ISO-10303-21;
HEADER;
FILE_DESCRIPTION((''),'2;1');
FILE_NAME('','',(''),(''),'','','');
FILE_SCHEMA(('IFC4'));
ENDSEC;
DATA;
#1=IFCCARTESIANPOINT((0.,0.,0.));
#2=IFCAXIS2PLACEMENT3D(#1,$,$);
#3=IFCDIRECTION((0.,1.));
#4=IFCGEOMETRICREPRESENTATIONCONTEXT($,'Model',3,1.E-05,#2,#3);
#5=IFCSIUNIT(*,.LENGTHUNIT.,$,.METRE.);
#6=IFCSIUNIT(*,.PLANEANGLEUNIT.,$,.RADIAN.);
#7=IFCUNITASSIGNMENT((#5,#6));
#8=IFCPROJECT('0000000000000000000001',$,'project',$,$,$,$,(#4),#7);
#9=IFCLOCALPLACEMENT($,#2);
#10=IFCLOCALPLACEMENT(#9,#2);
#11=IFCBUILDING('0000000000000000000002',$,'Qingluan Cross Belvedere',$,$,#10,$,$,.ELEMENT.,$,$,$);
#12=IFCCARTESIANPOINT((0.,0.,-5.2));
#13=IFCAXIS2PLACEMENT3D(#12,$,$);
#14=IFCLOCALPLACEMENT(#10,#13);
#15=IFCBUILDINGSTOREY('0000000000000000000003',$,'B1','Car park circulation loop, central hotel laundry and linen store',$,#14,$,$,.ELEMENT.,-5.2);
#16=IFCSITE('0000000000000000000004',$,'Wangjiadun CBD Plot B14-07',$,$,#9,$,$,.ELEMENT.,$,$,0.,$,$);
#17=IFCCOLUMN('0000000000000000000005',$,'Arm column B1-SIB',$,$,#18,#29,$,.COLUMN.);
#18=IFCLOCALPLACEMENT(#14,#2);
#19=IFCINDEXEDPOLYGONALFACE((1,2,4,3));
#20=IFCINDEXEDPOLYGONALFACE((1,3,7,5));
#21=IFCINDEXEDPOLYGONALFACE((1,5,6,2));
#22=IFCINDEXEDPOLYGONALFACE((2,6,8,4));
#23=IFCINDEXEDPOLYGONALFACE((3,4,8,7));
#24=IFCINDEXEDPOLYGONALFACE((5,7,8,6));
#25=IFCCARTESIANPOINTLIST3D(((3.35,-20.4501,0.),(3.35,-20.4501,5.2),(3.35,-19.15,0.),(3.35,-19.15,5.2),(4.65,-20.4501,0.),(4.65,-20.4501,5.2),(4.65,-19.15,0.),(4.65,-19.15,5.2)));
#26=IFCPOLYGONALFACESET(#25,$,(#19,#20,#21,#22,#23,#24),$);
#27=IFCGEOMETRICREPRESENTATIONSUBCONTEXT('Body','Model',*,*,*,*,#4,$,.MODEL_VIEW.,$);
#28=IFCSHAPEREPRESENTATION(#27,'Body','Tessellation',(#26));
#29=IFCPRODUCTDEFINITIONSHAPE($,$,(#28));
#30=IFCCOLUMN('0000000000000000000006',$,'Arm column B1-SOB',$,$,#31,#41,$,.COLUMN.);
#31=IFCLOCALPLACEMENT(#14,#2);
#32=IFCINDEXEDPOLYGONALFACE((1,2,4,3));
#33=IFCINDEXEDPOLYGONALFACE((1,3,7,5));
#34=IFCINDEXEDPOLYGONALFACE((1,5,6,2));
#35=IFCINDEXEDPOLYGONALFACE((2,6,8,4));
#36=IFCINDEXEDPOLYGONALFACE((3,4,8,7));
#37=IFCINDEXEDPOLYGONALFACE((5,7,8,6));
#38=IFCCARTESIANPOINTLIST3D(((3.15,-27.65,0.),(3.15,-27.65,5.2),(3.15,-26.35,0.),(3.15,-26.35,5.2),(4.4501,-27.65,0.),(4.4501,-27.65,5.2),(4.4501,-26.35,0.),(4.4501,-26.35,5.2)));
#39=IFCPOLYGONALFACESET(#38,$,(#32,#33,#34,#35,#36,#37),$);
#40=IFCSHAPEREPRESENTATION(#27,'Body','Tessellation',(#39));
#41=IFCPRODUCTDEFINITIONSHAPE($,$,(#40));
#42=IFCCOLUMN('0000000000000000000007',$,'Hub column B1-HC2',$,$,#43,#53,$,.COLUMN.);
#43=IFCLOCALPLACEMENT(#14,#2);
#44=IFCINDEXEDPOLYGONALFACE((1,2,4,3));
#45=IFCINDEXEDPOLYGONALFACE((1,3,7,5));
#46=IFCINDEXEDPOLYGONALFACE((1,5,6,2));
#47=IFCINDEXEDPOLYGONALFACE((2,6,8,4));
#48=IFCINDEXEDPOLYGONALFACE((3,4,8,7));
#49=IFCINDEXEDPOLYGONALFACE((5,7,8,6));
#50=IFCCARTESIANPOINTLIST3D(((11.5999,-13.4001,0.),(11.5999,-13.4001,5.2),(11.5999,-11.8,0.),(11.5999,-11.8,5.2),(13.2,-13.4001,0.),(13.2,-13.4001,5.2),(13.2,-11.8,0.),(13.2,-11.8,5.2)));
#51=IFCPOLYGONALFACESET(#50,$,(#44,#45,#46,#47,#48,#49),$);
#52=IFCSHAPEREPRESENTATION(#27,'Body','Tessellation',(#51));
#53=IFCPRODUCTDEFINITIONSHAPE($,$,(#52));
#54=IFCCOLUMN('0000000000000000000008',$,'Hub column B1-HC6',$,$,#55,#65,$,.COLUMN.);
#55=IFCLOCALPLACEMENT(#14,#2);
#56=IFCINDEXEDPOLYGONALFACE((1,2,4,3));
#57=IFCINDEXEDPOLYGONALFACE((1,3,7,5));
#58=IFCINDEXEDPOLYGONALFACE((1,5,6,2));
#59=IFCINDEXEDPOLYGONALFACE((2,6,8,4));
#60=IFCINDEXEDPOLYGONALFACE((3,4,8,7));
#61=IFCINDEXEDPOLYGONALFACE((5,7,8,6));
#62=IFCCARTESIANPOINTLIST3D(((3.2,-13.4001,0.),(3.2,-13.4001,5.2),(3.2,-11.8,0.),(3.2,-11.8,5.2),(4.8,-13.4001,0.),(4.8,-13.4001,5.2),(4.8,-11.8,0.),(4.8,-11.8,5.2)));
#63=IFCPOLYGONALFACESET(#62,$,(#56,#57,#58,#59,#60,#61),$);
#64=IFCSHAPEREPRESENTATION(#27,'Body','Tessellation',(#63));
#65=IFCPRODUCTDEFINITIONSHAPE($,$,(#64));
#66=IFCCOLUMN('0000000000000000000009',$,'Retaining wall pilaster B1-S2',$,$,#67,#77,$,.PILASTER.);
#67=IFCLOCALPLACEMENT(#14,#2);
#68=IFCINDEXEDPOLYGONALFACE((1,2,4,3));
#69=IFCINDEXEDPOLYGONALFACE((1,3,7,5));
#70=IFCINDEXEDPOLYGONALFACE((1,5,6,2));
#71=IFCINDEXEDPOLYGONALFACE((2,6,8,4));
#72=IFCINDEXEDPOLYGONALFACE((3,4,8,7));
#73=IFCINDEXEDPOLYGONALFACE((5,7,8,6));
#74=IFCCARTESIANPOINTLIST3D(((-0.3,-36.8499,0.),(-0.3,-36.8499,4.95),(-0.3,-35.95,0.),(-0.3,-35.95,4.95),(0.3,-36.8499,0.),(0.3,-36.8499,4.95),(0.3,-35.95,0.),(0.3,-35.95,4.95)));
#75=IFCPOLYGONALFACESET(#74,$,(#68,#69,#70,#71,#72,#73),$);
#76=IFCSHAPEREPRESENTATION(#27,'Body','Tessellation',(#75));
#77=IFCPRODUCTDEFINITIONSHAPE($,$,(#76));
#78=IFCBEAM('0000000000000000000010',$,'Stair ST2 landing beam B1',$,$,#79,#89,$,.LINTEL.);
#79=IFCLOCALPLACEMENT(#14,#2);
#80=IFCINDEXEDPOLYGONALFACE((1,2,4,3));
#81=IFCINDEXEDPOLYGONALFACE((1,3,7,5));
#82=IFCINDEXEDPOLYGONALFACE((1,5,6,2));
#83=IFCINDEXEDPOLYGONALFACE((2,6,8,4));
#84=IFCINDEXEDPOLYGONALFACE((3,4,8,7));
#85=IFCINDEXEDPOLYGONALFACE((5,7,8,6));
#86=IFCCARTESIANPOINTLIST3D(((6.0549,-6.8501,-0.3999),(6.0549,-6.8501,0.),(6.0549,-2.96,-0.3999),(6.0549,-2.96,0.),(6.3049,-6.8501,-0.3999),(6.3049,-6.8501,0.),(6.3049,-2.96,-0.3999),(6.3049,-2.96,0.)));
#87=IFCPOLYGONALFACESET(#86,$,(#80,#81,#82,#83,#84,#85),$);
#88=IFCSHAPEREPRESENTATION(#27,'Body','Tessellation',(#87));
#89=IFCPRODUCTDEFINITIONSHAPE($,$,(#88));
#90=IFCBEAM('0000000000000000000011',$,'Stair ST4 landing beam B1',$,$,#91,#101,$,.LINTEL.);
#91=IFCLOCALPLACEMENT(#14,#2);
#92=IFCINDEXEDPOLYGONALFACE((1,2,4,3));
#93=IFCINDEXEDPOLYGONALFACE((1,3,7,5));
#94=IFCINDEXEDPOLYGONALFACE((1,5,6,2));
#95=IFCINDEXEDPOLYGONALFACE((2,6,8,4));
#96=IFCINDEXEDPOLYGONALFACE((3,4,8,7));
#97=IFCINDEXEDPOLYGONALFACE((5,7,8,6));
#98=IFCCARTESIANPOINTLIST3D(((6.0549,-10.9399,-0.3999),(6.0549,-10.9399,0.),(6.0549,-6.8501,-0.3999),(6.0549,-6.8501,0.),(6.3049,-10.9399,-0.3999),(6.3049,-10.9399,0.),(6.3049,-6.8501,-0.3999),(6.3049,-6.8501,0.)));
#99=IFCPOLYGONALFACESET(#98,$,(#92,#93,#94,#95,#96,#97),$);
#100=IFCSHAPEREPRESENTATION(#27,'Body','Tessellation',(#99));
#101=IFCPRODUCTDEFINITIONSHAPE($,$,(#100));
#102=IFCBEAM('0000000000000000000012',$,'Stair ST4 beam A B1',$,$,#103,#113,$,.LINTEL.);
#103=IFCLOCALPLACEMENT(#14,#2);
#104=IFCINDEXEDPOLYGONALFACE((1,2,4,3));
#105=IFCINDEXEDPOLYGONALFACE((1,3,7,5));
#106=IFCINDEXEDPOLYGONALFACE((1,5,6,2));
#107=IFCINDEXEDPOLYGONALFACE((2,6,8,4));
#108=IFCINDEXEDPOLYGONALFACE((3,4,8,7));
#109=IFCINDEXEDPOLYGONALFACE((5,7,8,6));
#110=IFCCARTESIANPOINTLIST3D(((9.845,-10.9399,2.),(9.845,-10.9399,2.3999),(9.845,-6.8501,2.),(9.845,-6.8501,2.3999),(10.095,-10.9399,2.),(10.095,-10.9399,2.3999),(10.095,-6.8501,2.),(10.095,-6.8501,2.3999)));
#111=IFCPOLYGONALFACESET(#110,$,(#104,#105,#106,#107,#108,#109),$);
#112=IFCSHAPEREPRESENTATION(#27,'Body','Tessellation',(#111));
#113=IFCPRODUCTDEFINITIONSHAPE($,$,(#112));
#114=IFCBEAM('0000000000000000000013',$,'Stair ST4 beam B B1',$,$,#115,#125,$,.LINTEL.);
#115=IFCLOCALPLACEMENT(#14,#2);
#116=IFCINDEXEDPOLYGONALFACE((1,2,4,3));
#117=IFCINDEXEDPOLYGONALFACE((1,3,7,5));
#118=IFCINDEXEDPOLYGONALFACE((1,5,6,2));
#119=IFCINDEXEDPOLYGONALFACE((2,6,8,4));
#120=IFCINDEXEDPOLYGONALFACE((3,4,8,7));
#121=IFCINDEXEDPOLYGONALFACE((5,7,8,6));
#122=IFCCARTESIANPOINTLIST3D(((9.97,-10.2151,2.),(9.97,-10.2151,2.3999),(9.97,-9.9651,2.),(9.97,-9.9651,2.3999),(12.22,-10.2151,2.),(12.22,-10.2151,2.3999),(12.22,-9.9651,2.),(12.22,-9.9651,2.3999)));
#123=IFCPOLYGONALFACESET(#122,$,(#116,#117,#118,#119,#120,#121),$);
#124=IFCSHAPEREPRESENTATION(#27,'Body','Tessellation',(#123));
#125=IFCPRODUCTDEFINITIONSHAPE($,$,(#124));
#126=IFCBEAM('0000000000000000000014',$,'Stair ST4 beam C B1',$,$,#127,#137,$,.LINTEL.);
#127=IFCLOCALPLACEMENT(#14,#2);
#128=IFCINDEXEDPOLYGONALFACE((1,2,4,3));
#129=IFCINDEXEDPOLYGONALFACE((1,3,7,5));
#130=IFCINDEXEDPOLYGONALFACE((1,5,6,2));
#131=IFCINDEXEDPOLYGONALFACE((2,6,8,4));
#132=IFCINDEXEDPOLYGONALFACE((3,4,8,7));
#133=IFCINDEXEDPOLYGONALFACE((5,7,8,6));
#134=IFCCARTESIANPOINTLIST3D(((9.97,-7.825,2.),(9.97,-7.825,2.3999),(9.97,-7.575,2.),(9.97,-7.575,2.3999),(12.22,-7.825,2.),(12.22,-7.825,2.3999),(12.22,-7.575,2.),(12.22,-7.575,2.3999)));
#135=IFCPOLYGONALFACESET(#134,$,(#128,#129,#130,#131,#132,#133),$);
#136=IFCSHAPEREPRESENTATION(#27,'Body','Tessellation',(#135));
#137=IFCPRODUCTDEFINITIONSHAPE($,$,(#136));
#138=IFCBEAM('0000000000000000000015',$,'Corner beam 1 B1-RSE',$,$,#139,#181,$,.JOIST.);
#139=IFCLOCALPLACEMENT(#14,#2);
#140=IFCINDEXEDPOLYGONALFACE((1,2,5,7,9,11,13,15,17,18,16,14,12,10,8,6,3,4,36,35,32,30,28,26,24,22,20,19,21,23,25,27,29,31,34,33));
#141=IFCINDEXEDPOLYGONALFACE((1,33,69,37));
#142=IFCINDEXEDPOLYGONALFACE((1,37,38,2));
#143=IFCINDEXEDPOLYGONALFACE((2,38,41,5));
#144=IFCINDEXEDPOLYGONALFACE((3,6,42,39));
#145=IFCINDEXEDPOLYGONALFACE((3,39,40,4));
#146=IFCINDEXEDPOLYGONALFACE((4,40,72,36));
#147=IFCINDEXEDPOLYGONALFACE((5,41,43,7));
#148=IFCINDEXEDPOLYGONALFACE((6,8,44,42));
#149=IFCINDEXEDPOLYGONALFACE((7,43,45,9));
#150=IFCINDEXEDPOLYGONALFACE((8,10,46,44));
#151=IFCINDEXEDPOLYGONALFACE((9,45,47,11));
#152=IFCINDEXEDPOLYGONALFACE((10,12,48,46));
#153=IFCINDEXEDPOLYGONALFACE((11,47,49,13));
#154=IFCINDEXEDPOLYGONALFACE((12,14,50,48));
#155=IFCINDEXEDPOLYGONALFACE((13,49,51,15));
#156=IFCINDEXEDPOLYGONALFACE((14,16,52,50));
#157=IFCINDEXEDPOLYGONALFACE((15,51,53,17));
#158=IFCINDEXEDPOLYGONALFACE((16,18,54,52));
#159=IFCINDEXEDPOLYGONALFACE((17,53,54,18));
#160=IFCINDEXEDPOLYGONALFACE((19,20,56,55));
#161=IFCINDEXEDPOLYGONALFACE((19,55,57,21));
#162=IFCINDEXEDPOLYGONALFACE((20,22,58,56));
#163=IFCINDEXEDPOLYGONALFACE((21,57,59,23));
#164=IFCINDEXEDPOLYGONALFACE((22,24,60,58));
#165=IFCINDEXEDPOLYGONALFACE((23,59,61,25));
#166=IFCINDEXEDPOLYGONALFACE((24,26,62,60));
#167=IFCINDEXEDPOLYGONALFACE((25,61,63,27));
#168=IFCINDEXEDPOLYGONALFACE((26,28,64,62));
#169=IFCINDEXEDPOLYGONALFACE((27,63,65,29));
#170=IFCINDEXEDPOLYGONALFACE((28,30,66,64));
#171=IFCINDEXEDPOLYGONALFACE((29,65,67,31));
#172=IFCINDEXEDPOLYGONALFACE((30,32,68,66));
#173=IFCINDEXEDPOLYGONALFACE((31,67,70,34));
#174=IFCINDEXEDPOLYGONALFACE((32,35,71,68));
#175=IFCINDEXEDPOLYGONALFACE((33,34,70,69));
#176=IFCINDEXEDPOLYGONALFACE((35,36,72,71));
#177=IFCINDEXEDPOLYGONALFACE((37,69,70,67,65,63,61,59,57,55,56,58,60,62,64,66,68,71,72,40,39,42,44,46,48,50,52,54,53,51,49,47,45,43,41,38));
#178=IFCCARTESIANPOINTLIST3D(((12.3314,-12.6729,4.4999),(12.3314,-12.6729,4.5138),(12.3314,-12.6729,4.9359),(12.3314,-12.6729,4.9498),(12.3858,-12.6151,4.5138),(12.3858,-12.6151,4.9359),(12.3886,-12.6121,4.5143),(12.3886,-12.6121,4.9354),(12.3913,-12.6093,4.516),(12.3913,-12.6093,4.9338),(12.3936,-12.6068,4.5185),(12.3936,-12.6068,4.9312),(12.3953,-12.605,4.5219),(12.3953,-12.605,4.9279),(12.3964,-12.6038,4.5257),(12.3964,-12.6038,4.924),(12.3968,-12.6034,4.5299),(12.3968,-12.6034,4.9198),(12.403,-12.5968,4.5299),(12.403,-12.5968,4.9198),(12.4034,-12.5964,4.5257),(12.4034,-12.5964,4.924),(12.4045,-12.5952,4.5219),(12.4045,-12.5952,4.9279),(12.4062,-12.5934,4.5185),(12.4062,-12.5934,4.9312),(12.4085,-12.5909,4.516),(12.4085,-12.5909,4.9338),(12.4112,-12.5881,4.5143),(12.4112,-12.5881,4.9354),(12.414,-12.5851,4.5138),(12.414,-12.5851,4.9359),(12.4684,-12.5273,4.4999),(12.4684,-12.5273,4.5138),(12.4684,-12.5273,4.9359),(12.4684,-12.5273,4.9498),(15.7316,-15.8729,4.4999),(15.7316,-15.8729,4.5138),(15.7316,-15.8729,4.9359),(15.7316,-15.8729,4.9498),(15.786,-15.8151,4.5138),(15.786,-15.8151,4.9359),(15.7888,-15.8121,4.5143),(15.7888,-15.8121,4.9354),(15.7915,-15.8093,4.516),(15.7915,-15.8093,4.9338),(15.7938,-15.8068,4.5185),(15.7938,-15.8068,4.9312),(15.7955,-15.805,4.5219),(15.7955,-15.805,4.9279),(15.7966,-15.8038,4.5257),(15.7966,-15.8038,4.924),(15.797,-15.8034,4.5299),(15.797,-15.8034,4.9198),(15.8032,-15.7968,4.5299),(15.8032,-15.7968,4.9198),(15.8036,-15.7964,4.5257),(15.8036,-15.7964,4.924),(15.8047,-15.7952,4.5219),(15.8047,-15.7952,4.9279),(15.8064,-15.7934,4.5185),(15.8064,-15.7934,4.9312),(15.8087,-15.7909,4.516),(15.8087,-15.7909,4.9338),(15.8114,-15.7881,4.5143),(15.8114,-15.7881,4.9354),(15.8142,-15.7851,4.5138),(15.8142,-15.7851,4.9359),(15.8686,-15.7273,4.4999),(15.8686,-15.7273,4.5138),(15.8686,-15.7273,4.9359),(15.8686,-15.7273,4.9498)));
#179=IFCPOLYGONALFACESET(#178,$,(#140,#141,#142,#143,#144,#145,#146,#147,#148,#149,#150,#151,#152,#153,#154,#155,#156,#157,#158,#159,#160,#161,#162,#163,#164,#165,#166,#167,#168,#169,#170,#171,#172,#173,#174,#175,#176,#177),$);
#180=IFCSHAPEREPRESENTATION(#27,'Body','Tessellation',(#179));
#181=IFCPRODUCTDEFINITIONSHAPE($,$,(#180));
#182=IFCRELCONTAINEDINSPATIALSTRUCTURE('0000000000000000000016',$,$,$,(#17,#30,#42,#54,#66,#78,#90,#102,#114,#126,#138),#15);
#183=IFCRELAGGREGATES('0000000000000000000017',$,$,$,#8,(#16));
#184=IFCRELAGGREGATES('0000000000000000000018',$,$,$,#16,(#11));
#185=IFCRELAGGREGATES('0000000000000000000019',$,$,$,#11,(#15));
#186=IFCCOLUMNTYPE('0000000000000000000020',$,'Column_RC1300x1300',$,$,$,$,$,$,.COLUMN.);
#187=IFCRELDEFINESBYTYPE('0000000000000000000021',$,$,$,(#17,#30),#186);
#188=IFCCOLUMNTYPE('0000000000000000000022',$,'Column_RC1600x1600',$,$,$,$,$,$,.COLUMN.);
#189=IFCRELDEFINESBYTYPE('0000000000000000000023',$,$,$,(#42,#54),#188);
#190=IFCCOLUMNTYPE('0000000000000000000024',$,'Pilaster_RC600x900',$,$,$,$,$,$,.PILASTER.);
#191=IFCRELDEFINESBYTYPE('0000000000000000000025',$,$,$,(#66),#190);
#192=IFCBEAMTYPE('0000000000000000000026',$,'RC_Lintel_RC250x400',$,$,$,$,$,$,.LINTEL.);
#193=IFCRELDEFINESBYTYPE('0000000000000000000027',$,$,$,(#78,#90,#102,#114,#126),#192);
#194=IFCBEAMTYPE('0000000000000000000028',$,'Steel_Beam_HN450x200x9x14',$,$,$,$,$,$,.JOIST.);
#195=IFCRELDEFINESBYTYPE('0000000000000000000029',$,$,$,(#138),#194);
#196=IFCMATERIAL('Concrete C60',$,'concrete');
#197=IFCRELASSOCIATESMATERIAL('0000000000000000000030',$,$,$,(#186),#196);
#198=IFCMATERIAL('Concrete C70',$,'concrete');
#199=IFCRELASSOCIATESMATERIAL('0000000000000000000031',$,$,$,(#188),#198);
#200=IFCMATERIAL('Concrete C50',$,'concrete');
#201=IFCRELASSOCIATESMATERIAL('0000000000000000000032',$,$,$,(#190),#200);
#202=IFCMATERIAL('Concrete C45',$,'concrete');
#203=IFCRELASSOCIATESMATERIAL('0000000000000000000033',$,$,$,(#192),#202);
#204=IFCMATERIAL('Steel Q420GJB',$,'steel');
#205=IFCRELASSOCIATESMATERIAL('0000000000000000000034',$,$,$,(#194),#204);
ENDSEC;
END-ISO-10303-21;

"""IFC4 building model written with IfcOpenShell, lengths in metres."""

from ifc_helpers import new_model, si_unit, direction, frame, origin, origin_2d, place, context, subcontext, project, spatial, rectangle, i_section, extrude, material, material_profile, profile_set, type_object, element, save


model = new_model("IFC4")

# Units and contexts
model_context = context("Model", 3, precision=1e-05, world=origin(), true_north=direction((0.0, 1.0)))
body_context = subcontext(model_context, "Body", "Model", "MODEL_VIEW")
ifc_project = project(units=[si_unit("LENGTHUNIT", "METRE"), si_unit("PLANEANGLEUNIT", "RADIAN")], contexts=[model_context])

# Site, building, storey
site_placement = place(None, origin())
site = spatial("IfcSite", under=ifc_project, at=site_placement, Name="Wangjiadun CBD Plot B14-07", CompositionType="ELEMENT", RefElevation=0.0)
building_placement = place(site_placement, origin())
building = spatial("IfcBuilding", under=site, at=building_placement, Name="Qingluan Cross Belvedere", CompositionType="ELEMENT")
storey_placement = place(building_placement, frame((0.0, 0.0, -5.2)))
storey = spatial("IfcBuildingStorey", under=building, at=storey_placement, Name="B1", Description="Car park circulation loop, central hotel laundry and linen store", CompositionType="ELEMENT", Elevation=-5.2)

# Columns
ifc_material_1 = material(Name="Concrete C60", Category="concrete")
ifc_material_profile_1 = material_profile(ifc_material_1, rectangle(XDim=1.3, YDim=1.3, at=origin_2d()), Name="RC1300x1300")
ifc_profile_set_1 = profile_set([ifc_material_profile_1], Name="Concrete C60")
column_type_1 = type_object("IfcColumnType", Name="Column_RC1300x1300", PredefinedType="COLUMN", material=ifc_profile_set_1)
for number, where, z_axis, x_axis, name in (
    (1, (4.0, -19.8, 0.0), (0.0, 0.0, 1.0), (1.0, 0.0, 0.0), "Arm column B1-SIB"),
    (2, (3.8, -27.0, 0.0), (0.0, 0.0, 1.0), (1.0, 0.0, 0.0), "Arm column B1-SOB"),
):
    element("IfcColumn", number, at=place(storey_placement, frame(where, z_axis=z_axis, x_axis=x_axis)), inside=storey, type_object=column_type_1, Name=name, PredefinedType="COLUMN", context=body_context, shape_type="SweptSolid", body=[
        extrude(rectangle(XDim=1.3, YDim=1.3, at=origin_2d()), origin(), (0.0, 0.0, 1.0), 5.2),
    ])
ifc_material_2 = material(Name="Concrete C70", Category="concrete")
ifc_material_profile_2 = material_profile(ifc_material_2, rectangle(XDim=1.6001, YDim=1.6001, at=origin_2d()), Name="RC1600x1600")
ifc_profile_set_2 = profile_set([ifc_material_profile_2], Name="Concrete C70")
column_type_2 = type_object("IfcColumnType", Name="Column_RC1600x1600", PredefinedType="COLUMN", material=ifc_profile_set_2)
for number, where, z_axis, x_axis, name in (
    (3, (12.3999, -12.6001, 0.0), (0.0, 0.0, 1.0), (1.0, 0.0, 0.0), "Hub column B1-HC2"),
    (4, (4.0, -12.6001, 0.0), (0.0, 0.0, 1.0), (1.0, 0.0, 0.0), "Hub column B1-HC6"),
):
    element("IfcColumn", number, at=place(storey_placement, frame(where, z_axis=z_axis, x_axis=x_axis)), inside=storey, type_object=column_type_2, Name=name, PredefinedType="COLUMN", context=body_context, shape_type="SweptSolid", body=[
        extrude(rectangle(XDim=1.6001, YDim=1.6001, at=origin_2d()), origin(), (0.0, 0.0, 1.0), 5.2),
    ])
ifc_material_3 = material(Name="Concrete C50", Category="concrete")
ifc_material_profile_3 = material_profile(ifc_material_3, rectangle(XDim=0.6001, YDim=0.8999, at=origin_2d()), Name="RC600x900")
ifc_profile_set_3 = profile_set([ifc_material_profile_3], Name="Concrete C50")
column_type_3 = type_object("IfcColumnType", Name="Pilaster_RC600x900", PredefinedType="PILASTER", material=ifc_profile_set_3)
column_placement = place(storey_placement, frame((0.0, -36.3999, 0.0), z_axis=(0.0, 0.0, 1.0), x_axis=(1.0, 0.0, 0.0)))
element("IfcColumn", 5, at=column_placement, inside=storey, type_object=column_type_3, Name="Retaining wall pilaster B1-S2", PredefinedType="PILASTER", context=body_context, shape_type="SweptSolid", body=[
    extrude(rectangle(XDim=0.6001, YDim=0.8999, at=origin_2d()), origin(), (0.0, 0.0, 1.0), 4.95),
])

# Beams
ifc_material_4 = material(Name="Concrete C45", Category="concrete")
ifc_material_profile_4 = material_profile(ifc_material_4, rectangle(XDim=0.25, YDim=0.3999, at=origin_2d()), Name="RC250x400")
ifc_profile_set_4 = profile_set([ifc_material_profile_4], Name="Concrete C45")
beam_type_1 = type_object("IfcBeamType", Name="RC_Lintel_RC250x400", PredefinedType="LINTEL", material=ifc_profile_set_4)
beam_1_placement = place(storey_placement, frame((6.1799, -6.8501, -0.2), z_axis=(0.0, 1.0, 0.0), x_axis=(-1.0, 0.0, 0.0)))
element("IfcBeam", 6, at=beam_1_placement, inside=storey, type_object=beam_type_1, Name="Stair ST2 landing beam B1", PredefinedType="LINTEL", context=body_context, shape_type="SweptSolid", body=[
    extrude(rectangle(XDim=0.25, YDim=0.3999, at=origin_2d()), origin(), (0.0, 0.0, 1.0), 3.8901),
])
for number, where, z_axis, x_axis, name in (
    (7, (6.1799, -10.9399, -0.2), (0.0, 1.0, 0.0), (-1.0, 0.0, 0.0), "Stair ST4 landing beam B1"),
    (8, (9.97, -10.9399, 2.2), (0.0, 1.0, 0.0), (-1.0, 0.0, 0.0), "Stair ST4 beam A B1"),
):
    element("IfcBeam", number, at=place(storey_placement, frame(where, z_axis=z_axis, x_axis=x_axis)), inside=storey, type_object=beam_type_1, Name=name, PredefinedType="LINTEL", context=body_context, shape_type="SweptSolid", body=[
        extrude(rectangle(XDim=0.25, YDim=0.3999, at=origin_2d()), origin(), (0.0, 0.0, 1.0), 4.0898),
    ])
for number, where, z_axis, x_axis, name in (
    (9, (12.22, -10.0901, 2.2), (-1.0, 0.0, 0.0), (0.0, -1.0, 0.0), "Stair ST4 beam B B1"),
    (10, (12.22, -7.7, 2.2), (-1.0, 0.0, 0.0), (0.0, -1.0, 0.0), "Stair ST4 beam C B1"),
):
    element("IfcBeam", number, at=place(storey_placement, frame(where, z_axis=z_axis, x_axis=x_axis)), inside=storey, type_object=beam_type_1, Name=name, PredefinedType="LINTEL", context=body_context, shape_type="SweptSolid", body=[
        extrude(rectangle(XDim=0.25, YDim=0.3999, at=origin_2d()), origin(), (0.0, 0.0, 1.0), 2.25),
    ])
ifc_material_5 = material(Name="Steel Q420GJB", Category="steel")
ifc_material_profile_5 = material_profile(ifc_material_5, i_section(OverallWidth=0.2, OverallDepth=0.45, WebThickness=0.009, FlangeThickness=0.0139, FilletRadius=0.0161, at=origin_2d()), Name="HN450x200x9x14")
ifc_profile_set_5 = profile_set([ifc_material_profile_5], Name="Steel Q420GJB")
beam_type_2 = type_object("IfcBeamType", Name="Steel_Beam_HN450x200x9x14", PredefinedType="JOIST", material=ifc_profile_set_5)
beam_2_placement = place(storey_placement, frame((12.3999, -12.6001, 4.7249), z_axis=(0.72822, -0.685343, 0.0), x_axis=(0.685343, 0.72822, 0.0)))
element("IfcBeam", 11, at=beam_2_placement, inside=storey, type_object=beam_type_2, Name="Corner beam 1 B1-RSE", PredefinedType="JOIST", context=body_context, shape_type="SweptSolid", body=[
    extrude(i_section(OverallWidth=0.2, OverallDepth=0.45, WebThickness=0.009, FlangeThickness=0.0139, FilletRadius=0.0161, at=origin_2d()), origin(), (0.0, 0.0, 1.0), 4.6692),
])

save(model, "model.ifc")
